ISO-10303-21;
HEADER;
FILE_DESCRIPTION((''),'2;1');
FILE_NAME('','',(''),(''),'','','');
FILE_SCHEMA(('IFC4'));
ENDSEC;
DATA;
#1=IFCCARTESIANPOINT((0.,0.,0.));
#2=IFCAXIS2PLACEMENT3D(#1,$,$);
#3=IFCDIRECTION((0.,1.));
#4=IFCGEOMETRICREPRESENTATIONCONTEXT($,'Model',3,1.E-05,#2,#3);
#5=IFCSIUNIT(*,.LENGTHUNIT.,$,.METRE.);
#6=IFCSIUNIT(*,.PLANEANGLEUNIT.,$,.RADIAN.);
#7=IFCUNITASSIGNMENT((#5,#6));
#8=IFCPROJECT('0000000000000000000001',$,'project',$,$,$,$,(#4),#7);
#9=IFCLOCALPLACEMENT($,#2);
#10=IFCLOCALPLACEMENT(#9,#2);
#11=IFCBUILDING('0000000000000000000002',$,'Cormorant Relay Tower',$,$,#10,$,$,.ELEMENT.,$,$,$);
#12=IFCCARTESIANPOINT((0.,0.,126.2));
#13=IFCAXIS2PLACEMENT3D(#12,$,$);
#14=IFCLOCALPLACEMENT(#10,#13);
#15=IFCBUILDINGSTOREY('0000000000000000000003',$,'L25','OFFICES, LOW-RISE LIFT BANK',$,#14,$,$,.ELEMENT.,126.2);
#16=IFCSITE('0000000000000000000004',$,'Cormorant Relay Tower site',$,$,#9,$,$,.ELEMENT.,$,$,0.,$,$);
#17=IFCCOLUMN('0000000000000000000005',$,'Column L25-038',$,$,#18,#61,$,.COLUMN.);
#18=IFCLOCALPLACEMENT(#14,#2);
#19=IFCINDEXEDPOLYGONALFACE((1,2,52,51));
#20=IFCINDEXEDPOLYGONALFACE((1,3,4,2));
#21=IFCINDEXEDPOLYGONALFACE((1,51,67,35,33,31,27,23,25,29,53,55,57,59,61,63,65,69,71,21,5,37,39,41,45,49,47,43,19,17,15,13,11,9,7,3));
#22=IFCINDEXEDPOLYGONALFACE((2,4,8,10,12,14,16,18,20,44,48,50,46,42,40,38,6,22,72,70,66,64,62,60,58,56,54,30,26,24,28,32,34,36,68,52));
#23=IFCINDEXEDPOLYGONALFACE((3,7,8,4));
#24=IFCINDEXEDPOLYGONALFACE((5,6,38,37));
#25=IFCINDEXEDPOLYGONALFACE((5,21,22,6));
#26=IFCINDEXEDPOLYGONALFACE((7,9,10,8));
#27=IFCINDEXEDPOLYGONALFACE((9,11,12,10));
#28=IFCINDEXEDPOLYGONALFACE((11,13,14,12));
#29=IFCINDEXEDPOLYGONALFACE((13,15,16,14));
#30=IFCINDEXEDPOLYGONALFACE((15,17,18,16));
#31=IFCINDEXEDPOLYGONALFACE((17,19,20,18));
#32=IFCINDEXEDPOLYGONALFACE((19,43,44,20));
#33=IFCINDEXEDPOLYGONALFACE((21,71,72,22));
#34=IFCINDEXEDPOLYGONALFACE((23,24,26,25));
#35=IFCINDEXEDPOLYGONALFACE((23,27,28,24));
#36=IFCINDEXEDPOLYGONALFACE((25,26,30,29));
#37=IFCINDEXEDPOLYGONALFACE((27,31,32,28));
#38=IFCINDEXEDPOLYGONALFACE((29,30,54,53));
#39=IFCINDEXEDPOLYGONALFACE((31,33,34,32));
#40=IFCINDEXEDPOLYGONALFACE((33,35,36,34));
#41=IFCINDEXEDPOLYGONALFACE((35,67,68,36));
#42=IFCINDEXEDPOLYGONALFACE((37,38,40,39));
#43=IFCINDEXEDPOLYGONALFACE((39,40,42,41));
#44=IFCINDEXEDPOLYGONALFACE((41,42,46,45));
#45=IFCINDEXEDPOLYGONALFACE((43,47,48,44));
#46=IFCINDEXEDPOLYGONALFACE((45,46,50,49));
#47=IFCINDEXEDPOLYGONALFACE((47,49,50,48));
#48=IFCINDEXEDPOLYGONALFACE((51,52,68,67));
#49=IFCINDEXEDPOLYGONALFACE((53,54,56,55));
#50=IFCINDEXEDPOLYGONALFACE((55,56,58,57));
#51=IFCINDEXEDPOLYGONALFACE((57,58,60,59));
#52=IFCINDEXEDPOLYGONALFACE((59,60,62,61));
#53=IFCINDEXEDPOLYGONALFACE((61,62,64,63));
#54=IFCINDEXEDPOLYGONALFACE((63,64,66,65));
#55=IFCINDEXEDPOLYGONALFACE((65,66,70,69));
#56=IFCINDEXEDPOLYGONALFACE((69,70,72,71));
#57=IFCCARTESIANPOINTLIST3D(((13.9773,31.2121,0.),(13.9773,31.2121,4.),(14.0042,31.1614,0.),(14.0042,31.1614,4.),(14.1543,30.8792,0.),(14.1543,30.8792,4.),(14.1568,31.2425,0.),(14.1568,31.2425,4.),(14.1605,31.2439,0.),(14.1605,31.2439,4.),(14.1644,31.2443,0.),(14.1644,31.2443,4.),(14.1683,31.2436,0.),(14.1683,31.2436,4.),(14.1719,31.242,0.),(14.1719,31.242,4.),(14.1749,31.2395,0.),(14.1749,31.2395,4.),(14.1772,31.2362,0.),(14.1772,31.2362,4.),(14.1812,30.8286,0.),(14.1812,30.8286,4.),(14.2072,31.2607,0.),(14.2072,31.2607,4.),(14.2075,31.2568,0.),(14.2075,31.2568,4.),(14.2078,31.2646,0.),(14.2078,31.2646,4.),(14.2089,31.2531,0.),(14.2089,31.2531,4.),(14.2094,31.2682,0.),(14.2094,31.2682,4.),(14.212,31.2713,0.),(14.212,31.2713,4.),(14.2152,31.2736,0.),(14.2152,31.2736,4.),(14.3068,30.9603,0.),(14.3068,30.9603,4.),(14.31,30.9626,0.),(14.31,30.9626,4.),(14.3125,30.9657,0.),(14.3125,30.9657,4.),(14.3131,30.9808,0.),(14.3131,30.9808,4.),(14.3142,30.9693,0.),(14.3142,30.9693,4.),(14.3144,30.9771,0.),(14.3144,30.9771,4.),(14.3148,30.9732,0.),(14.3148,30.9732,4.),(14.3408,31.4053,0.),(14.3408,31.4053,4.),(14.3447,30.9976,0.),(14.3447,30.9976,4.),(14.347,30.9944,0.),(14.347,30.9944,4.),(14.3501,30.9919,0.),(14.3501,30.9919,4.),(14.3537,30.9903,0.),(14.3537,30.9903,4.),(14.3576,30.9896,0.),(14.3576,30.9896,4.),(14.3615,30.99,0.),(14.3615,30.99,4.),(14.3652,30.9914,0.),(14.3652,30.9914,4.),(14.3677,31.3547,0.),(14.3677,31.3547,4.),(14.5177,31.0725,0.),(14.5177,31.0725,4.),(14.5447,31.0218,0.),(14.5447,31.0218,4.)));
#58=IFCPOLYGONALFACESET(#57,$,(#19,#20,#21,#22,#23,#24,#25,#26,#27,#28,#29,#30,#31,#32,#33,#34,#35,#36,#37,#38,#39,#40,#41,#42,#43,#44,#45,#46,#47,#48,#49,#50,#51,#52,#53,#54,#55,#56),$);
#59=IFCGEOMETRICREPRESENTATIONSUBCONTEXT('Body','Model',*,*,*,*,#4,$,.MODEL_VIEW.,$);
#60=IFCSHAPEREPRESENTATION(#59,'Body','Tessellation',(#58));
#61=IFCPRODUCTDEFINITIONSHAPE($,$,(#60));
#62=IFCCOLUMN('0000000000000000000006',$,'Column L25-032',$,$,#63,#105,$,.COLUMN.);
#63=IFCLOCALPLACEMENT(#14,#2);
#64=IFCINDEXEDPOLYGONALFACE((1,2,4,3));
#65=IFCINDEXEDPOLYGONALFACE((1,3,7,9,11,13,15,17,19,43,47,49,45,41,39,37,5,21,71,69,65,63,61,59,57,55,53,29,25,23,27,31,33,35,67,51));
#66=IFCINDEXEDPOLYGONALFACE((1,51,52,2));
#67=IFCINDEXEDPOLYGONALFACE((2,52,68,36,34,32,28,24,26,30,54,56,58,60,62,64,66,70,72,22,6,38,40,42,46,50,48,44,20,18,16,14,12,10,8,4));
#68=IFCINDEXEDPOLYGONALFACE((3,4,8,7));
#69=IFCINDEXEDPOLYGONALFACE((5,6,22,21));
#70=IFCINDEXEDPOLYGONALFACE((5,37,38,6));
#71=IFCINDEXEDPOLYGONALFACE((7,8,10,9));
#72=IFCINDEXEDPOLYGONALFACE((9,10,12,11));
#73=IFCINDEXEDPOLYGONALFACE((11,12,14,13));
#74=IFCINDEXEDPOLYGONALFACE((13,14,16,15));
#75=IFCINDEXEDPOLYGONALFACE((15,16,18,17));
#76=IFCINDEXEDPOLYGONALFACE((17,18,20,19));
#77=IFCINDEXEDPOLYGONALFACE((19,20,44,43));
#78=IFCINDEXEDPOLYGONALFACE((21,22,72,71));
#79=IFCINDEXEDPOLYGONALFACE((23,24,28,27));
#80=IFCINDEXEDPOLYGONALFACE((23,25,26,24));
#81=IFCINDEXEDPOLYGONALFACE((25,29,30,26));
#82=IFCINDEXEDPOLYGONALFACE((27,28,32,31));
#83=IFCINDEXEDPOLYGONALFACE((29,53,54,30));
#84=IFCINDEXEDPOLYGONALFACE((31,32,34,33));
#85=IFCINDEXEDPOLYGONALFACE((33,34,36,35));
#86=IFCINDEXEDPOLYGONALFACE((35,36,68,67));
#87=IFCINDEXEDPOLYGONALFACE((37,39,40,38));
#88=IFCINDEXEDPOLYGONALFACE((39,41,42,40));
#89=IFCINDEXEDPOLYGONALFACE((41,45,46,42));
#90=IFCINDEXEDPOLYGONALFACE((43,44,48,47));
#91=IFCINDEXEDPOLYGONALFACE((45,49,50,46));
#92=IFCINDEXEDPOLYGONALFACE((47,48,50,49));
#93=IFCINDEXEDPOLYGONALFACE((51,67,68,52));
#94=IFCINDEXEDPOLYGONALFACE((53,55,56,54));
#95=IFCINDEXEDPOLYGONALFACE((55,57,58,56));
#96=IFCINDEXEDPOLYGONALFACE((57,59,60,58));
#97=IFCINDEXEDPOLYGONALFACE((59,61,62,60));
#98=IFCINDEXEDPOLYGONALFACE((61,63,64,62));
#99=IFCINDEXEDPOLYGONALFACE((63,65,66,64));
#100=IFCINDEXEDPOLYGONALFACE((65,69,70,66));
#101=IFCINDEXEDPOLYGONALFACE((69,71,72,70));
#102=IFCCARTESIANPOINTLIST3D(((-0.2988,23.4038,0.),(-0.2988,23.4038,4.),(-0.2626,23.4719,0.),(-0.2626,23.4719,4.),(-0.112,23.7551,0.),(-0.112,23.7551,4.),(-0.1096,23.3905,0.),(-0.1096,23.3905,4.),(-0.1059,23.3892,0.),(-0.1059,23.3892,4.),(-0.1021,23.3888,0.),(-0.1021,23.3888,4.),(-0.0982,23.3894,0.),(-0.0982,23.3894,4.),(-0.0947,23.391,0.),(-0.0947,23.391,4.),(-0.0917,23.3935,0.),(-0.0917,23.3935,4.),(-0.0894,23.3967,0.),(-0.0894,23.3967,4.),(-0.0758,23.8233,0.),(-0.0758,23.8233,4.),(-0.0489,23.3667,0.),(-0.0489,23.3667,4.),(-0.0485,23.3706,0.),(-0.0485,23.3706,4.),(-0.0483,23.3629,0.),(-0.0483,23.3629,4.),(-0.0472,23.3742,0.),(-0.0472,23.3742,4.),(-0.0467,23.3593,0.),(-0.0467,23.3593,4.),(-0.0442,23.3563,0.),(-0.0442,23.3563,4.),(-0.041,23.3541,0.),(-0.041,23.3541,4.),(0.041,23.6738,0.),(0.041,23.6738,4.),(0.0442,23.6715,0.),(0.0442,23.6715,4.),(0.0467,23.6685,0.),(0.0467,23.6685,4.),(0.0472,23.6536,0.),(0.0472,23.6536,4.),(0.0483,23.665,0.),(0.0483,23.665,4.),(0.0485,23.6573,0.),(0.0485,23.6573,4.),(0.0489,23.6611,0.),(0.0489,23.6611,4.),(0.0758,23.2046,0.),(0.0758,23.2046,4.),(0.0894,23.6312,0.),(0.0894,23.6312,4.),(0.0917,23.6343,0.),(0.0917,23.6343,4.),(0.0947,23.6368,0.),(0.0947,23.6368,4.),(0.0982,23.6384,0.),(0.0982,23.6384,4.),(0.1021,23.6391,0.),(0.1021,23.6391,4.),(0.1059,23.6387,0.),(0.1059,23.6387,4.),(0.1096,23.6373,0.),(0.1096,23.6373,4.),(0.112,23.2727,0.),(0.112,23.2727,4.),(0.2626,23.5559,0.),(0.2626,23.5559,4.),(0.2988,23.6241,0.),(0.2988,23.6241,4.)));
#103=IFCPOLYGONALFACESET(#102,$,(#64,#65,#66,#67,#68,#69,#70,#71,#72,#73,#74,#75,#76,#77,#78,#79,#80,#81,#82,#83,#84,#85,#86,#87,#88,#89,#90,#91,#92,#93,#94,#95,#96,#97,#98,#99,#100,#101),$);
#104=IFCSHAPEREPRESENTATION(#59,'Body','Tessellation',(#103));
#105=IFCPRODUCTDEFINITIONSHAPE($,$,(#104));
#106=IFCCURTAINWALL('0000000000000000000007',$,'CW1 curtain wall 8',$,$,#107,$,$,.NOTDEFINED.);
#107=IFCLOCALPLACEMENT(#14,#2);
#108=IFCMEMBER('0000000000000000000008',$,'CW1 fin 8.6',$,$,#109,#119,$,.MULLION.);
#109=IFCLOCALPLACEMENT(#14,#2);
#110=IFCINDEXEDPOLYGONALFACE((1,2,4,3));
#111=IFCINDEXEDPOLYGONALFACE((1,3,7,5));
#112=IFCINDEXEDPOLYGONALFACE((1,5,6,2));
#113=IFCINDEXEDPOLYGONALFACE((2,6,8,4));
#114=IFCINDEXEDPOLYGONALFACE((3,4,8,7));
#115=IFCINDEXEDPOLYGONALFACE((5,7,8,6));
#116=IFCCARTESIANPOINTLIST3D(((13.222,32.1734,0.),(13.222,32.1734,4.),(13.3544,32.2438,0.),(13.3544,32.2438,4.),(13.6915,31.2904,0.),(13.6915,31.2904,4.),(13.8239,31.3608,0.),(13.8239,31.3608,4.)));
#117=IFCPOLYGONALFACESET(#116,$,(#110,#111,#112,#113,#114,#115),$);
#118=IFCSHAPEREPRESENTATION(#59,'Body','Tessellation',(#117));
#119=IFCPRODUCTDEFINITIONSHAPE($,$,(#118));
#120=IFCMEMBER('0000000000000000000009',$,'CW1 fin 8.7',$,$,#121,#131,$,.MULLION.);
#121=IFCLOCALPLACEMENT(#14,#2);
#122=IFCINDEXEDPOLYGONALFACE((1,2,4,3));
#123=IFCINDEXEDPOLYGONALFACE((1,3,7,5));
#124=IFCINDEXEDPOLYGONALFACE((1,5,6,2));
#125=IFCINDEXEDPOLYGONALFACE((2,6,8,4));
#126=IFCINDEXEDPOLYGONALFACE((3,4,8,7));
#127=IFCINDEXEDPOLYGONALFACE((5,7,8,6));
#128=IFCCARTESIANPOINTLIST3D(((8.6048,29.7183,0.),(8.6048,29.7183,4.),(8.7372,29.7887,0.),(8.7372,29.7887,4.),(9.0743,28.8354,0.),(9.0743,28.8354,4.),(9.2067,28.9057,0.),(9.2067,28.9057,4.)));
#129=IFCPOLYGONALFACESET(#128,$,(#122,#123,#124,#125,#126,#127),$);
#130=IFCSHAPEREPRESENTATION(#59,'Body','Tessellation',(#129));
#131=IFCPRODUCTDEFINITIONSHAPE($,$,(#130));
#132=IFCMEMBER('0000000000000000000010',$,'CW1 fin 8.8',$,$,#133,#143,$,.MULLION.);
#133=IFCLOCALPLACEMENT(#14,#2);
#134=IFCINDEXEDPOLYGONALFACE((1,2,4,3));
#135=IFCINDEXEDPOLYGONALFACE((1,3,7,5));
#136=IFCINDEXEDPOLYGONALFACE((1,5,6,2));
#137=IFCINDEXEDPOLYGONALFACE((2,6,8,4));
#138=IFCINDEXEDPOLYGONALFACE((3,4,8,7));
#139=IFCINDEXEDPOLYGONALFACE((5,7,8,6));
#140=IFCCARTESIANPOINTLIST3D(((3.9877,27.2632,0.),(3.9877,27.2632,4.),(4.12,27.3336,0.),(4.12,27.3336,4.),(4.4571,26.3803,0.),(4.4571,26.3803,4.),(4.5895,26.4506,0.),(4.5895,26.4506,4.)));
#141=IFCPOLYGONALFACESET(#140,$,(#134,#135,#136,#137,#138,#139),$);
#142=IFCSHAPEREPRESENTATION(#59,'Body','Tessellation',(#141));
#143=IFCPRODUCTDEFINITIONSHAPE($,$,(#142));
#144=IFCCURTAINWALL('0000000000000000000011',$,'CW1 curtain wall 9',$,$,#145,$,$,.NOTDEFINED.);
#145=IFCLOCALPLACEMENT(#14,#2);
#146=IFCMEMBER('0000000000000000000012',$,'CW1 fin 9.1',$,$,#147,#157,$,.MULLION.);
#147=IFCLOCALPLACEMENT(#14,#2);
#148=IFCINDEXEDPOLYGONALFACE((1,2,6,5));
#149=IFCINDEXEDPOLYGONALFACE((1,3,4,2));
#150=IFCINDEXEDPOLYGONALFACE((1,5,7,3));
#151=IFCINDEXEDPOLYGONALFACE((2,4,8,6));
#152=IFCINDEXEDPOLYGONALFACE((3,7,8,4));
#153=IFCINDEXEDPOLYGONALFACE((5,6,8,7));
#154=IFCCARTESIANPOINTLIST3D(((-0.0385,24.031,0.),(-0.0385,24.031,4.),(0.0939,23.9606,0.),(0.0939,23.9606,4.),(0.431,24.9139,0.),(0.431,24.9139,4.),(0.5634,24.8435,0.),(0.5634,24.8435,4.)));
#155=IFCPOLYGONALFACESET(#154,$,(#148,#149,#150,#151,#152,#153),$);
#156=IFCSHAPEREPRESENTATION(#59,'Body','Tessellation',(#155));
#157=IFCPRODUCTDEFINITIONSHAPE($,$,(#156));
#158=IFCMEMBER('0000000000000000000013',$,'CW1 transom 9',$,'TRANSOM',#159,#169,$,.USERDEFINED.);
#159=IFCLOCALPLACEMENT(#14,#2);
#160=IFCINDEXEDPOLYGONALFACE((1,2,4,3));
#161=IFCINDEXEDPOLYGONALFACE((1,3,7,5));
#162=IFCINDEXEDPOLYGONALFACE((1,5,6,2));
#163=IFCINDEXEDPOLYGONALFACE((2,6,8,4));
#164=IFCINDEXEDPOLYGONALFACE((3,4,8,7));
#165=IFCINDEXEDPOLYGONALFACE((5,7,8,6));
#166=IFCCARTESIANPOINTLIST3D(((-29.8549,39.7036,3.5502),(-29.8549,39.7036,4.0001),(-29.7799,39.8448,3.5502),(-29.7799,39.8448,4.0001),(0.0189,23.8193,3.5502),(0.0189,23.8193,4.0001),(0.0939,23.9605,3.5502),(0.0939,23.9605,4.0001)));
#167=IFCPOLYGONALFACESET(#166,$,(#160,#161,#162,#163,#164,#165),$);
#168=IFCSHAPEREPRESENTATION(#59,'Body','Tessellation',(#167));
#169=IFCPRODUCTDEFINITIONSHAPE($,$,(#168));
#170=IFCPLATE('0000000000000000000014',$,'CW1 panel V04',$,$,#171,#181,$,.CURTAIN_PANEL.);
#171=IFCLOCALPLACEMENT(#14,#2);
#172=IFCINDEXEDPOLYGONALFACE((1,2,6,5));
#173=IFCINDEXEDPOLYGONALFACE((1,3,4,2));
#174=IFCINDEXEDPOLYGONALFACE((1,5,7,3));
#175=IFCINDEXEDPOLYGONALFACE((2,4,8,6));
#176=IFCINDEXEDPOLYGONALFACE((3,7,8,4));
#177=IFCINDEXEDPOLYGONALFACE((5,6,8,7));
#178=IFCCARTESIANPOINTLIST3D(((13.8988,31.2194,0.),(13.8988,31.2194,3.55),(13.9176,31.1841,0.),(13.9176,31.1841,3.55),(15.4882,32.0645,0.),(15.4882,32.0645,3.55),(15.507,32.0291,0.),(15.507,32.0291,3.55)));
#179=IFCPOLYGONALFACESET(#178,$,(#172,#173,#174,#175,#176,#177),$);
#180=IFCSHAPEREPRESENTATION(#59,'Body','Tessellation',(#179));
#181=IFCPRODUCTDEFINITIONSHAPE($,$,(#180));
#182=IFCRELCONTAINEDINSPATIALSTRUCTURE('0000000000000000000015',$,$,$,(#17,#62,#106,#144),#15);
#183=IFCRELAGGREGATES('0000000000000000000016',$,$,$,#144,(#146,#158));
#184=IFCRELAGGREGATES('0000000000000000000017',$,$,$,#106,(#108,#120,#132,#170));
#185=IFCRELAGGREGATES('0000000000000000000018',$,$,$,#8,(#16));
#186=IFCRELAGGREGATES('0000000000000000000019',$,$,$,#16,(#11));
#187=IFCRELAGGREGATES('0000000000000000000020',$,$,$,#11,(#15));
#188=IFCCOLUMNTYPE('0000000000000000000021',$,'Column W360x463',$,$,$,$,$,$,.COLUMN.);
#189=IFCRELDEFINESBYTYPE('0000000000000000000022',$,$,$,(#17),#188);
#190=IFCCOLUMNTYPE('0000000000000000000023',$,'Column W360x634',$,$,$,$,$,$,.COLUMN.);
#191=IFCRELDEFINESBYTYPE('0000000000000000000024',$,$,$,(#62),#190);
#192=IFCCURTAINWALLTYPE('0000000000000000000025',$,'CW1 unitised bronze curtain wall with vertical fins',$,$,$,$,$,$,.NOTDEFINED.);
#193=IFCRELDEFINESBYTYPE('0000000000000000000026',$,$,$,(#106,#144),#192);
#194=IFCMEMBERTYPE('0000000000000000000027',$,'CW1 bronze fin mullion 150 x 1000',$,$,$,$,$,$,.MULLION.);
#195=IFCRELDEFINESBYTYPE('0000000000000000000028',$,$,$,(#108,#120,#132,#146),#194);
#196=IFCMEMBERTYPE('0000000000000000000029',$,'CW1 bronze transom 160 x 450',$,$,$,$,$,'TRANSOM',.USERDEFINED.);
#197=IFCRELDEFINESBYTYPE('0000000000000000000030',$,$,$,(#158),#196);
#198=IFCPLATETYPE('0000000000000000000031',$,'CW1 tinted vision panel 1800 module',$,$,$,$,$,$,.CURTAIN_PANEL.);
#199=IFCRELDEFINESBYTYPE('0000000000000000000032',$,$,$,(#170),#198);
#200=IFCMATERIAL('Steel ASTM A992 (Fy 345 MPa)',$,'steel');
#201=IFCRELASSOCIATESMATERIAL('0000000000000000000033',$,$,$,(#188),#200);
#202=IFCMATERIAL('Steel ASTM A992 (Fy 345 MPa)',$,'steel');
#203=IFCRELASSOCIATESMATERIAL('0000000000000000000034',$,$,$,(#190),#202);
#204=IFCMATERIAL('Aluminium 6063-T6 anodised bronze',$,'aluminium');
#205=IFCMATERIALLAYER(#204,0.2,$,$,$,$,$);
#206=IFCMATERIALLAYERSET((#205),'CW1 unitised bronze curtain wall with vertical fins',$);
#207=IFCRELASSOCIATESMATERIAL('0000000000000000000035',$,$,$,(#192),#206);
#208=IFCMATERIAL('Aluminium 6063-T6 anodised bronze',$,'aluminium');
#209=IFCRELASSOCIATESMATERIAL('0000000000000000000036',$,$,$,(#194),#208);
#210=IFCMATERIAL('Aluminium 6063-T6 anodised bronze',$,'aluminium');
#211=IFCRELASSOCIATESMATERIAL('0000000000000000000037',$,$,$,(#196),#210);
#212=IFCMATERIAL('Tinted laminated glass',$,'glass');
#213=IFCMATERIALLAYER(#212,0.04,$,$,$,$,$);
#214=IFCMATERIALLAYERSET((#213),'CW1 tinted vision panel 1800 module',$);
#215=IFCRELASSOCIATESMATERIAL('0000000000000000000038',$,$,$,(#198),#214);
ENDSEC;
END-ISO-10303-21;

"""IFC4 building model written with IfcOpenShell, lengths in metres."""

from ifc_helpers import new_model, si_unit, direction, frame, origin, origin_2d, place, context, subcontext, project, spatial, rectangle, i_section, extrude, material, layer, layer_set, material_profile, profile_set, type_object, element, aggregate, save


model = new_model("IFC4")

# Units and contexts
model_context = context("Model", 3, precision=1e-05, world=origin(), true_north=direction((0.0, 1.0)))
body_context = subcontext(model_context, "Body", "Model", "MODEL_VIEW")
ifc_project = project(units=[si_unit("LENGTHUNIT", "METRE"), si_unit("PLANEANGLEUNIT", "RADIAN")], contexts=[model_context])

# Site, building, storey
site_placement = place(None, origin())
site = spatial("IfcSite", under=ifc_project, at=site_placement, Name="Cormorant Relay Tower site", CompositionType="ELEMENT", RefElevation=0.0)
building_placement = place(site_placement, origin())
building = spatial("IfcBuilding", under=site, at=building_placement, Name="Cormorant Relay Tower", CompositionType="ELEMENT")
storey_placement = place(building_placement, frame((0.0, 0.0, 126.2)))
storey = spatial("IfcBuildingStorey", under=building, at=storey_placement, Name="L25", Description="OFFICES, LOW-RISE LIFT BANK", CompositionType="ELEMENT", Elevation=126.2)

# Columns
ifc_material_1 = material(Name="Steel ASTM A992 (Fy 345 MPa)", Category="steel")
ifc_material_profile_1 = material_profile(ifc_material_1, i_section(OverallWidth=0.4116, OverallDepth=0.4343, WebThickness=0.0359, FlangeThickness=0.0574, FilletRadius=0.0151, at=origin_2d()), Name="W360x463")
ifc_profile_set_1 = profile_set([ifc_material_profile_1], Name="Steel ASTM A992 (Fy 345 MPa)")
column_type_1 = type_object("IfcColumnType", Name="Column W360x463", PredefinedType="COLUMN", material=ifc_profile_set_1)
for number, where, z_axis, x_axis, name in (
    (1, (14.261, 31.1169, 0.0), (0.0, 0.0, 1.0), (-0.882948, -0.469472, 0.0), "Column L25-038"),
):
    element("IfcColumn", number, at=place(storey_placement, frame(where, z_axis=z_axis, x_axis=x_axis)), inside=storey, type_object=column_type_1, Name=name, PredefinedType="COLUMN", context=body_context, shape_type="SweptSolid", body=[
        extrude(i_section(OverallWidth=0.4116, OverallDepth=0.4343, WebThickness=0.0359, FlangeThickness=0.0574, FilletRadius=0.0151, at=origin_2d()), origin(), (0.0, 0.0, 1.0), 4.0),
    ])
ifc_material_2 = material(Name="Steel ASTM A992 (Fy 345 MPa)", Category="steel")
ifc_material_profile_2 = material_profile(ifc_material_2, i_section(OverallWidth=0.4243, OverallDepth=0.4751, WebThickness=0.0479, FlangeThickness=0.0771, FilletRadius=0.0149, at=origin_2d()), Name="W360x634")
ifc_profile_set_2 = profile_set([ifc_material_profile_2], Name="Steel ASTM A992 (Fy 345 MPa)")
column_type_2 = type_object("IfcColumnType", Name="Column W360x634", PredefinedType="COLUMN", material=ifc_profile_set_2)
column_placement = place(storey_placement, frame((0.0, 23.5139, 0.0), z_axis=(0.0, 0.0, 1.0), x_axis=(-0.882948, 0.469472, 0.0)))
element("IfcColumn", 2, at=column_placement, inside=storey, type_object=column_type_2, Name="Column L25-032", PredefinedType="COLUMN", context=body_context, shape_type="SweptSolid", body=[
    extrude(i_section(OverallWidth=0.4243, OverallDepth=0.4751, WebThickness=0.0479, FlangeThickness=0.0771, FilletRadius=0.0149, at=origin_2d()), origin(), (0.0, 0.0, 1.0), 4.0),
])

# Curtain walls, members
ifc_material_3 = material(Name="Aluminium 6063-T6 anodised bronze", Category="aluminium")
ifc_layer_1 = layer(ifc_material_3, 0.2)
ifc_layer_set_1 = layer_set([ifc_layer_1], Name="CW1 unitised bronze curtain wall with vertical fins")
curtain_wall_type = type_object("IfcCurtainWallType", Name="CW1 unitised bronze curtain wall with vertical fins", PredefinedType="NOTDEFINED", material=ifc_layer_set_1)
curtain_wall_1_placement = place(storey_placement, origin())
curtain_wall_1 = element("IfcCurtainWall", 3, at=curtain_wall_1_placement, inside=storey, type_object=curtain_wall_type, Name="CW1 curtain wall 8", PredefinedType="NOTDEFINED")
ifc_material_4 = material(Name="Aluminium 6063-T6 anodised bronze", Category="aluminium")
ifc_material_profile_3 = material_profile(ifc_material_4, rectangle(XDim=0.1499, YDim=1.0, at=origin_2d()), Name="AL 150x1000")
ifc_profile_set_3 = profile_set([ifc_material_profile_3], Name="Aluminium 6063-T6 anodised bronze")
member_type_1 = type_object("IfcMemberType", Name="CW1 bronze fin mullion 150 x 1000", PredefinedType="MULLION", material=ifc_profile_set_3)
member_1_placement = place(storey_placement, frame((13.5229, 31.7671, 0.0), z_axis=(0.0, 0.0, 1.0), x_axis=(-0.882948, -0.469472, 0.0)))
member_1 = element("IfcMember", 4, at=member_1_placement, type_object=member_type_1, Name="CW1 fin 8.6", PredefinedType="MULLION", context=body_context, shape_type="SweptSolid", body=[
    extrude(rectangle(XDim=0.1499, YDim=1.0, at=origin_2d()), origin(), (0.0, 0.0, 1.0), 4.0),
])
member_2_placement = place(storey_placement, frame((8.9058, 29.312, 0.0), z_axis=(0.0, 0.0, 1.0), x_axis=(-0.882948, -0.469472, 0.0)))
member_2 = element("IfcMember", 5, at=member_2_placement, type_object=member_type_1, Name="CW1 fin 8.7", PredefinedType="MULLION", context=body_context, shape_type="SweptSolid", body=[
    extrude(rectangle(XDim=0.1499, YDim=1.0, at=origin_2d()), origin(), (0.0, 0.0, 1.0), 4.0),
])
member_3_placement = place(storey_placement, frame((4.2886, 26.8569, 0.0), z_axis=(0.0, 0.0, 1.0), x_axis=(-0.882948, -0.469472, 0.0)))
member_3 = element("IfcMember", 6, at=member_3_placement, type_object=member_type_1, Name="CW1 fin 8.8", PredefinedType="MULLION", context=body_context, shape_type="SweptSolid", body=[
    extrude(rectangle(XDim=0.1499, YDim=1.0, at=origin_2d()), origin(), (0.0, 0.0, 1.0), 4.0),
])
curtain_wall_2_placement = place(storey_placement, origin())
curtain_wall_2 = element("IfcCurtainWall", 7, at=curtain_wall_2_placement, inside=storey, type_object=curtain_wall_type, Name="CW1 curtain wall 9", PredefinedType="NOTDEFINED")
member_4_placement = place(storey_placement, frame((0.2625, 24.4373, 0.0), z_axis=(0.0, 0.0, 1.0), x_axis=(-0.882948, 0.469472, 0.0)))
member_4 = element("IfcMember", 8, at=member_4_placement, type_object=member_type_1, Name="CW1 fin 9.1", PredefinedType="MULLION", context=body_context, shape_type="SweptSolid", body=[
    extrude(rectangle(XDim=0.1499, YDim=1.0, at=origin_2d()), origin(), (0.0, 0.0, 1.0), 4.0),
])
ifc_material_5 = material(Name="Aluminium 6063-T6 anodised bronze", Category="aluminium")
ifc_material_profile_4 = material_profile(ifc_material_5, rectangle(XDim=0.1599, YDim=0.45, at=origin_2d()), Name="AL 160x450")
ifc_profile_set_4 = profile_set([ifc_material_profile_4], Name="Aluminium 6063-T6 anodised bronze")
member_type_2 = type_object("IfcMemberType", Name="CW1 bronze transom 160 x 450", ElementType="TRANSOM", PredefinedType="USERDEFINED", material=ifc_profile_set_4)
member_5_placement = place(storey_placement, frame((0.0564, 23.8899, 3.7751), z_axis=(-0.882946, 0.469474, 0.0), x_axis=(-0.469474, -0.882946, 0.0)))
member_5 = element("IfcMember", 9, at=member_5_placement, type_object=member_type_2, Name="CW1 transom 9", ObjectType="TRANSOM", PredefinedType="USERDEFINED", context=body_context, shape_type="SweptSolid", body=[
    extrude(rectangle(XDim=0.1599, YDim=0.45, at=origin_2d()), origin(), (0.0, 0.0, 1.0), 33.8342),
])
aggregate(curtain_wall_2, [member_4, member_5])

# Plate
ifc_material_6 = material(Name="Tinted laminated glass", Category="glass")
ifc_layer_2 = layer(ifc_material_6, 0.04)
ifc_layer_set_2 = layer_set([ifc_layer_2], Name="CW1 tinted vision panel 1800 module")
plate_type_1 = type_object("IfcPlateType", Name="CW1 tinted vision panel 1800 module", PredefinedType="CURTAIN_PANEL", material=ifc_layer_set_2)
plate_1_placement = place(storey_placement, frame((14.7029, 31.6243, 0.0), z_axis=(0.0, 0.0, 1.0), x_axis=(-0.882948, -0.469472, 0.0)))
plate_1 = element("IfcPlate", 10, at=plate_1_placement, type_object=plate_type_1, Name="CW1 panel V04", PredefinedType="CURTAIN_PANEL", context=body_context, shape_type="SweptSolid", body=[
    extrude(rectangle(XDim=1.8, YDim=0.04, at=origin_2d()), origin(), (0.0, 0.0, 1.0), 3.55),
])

aggregate(curtain_wall_1, [member_1, member_2, member_3, plate_1])

save(model, "model.ifc")
